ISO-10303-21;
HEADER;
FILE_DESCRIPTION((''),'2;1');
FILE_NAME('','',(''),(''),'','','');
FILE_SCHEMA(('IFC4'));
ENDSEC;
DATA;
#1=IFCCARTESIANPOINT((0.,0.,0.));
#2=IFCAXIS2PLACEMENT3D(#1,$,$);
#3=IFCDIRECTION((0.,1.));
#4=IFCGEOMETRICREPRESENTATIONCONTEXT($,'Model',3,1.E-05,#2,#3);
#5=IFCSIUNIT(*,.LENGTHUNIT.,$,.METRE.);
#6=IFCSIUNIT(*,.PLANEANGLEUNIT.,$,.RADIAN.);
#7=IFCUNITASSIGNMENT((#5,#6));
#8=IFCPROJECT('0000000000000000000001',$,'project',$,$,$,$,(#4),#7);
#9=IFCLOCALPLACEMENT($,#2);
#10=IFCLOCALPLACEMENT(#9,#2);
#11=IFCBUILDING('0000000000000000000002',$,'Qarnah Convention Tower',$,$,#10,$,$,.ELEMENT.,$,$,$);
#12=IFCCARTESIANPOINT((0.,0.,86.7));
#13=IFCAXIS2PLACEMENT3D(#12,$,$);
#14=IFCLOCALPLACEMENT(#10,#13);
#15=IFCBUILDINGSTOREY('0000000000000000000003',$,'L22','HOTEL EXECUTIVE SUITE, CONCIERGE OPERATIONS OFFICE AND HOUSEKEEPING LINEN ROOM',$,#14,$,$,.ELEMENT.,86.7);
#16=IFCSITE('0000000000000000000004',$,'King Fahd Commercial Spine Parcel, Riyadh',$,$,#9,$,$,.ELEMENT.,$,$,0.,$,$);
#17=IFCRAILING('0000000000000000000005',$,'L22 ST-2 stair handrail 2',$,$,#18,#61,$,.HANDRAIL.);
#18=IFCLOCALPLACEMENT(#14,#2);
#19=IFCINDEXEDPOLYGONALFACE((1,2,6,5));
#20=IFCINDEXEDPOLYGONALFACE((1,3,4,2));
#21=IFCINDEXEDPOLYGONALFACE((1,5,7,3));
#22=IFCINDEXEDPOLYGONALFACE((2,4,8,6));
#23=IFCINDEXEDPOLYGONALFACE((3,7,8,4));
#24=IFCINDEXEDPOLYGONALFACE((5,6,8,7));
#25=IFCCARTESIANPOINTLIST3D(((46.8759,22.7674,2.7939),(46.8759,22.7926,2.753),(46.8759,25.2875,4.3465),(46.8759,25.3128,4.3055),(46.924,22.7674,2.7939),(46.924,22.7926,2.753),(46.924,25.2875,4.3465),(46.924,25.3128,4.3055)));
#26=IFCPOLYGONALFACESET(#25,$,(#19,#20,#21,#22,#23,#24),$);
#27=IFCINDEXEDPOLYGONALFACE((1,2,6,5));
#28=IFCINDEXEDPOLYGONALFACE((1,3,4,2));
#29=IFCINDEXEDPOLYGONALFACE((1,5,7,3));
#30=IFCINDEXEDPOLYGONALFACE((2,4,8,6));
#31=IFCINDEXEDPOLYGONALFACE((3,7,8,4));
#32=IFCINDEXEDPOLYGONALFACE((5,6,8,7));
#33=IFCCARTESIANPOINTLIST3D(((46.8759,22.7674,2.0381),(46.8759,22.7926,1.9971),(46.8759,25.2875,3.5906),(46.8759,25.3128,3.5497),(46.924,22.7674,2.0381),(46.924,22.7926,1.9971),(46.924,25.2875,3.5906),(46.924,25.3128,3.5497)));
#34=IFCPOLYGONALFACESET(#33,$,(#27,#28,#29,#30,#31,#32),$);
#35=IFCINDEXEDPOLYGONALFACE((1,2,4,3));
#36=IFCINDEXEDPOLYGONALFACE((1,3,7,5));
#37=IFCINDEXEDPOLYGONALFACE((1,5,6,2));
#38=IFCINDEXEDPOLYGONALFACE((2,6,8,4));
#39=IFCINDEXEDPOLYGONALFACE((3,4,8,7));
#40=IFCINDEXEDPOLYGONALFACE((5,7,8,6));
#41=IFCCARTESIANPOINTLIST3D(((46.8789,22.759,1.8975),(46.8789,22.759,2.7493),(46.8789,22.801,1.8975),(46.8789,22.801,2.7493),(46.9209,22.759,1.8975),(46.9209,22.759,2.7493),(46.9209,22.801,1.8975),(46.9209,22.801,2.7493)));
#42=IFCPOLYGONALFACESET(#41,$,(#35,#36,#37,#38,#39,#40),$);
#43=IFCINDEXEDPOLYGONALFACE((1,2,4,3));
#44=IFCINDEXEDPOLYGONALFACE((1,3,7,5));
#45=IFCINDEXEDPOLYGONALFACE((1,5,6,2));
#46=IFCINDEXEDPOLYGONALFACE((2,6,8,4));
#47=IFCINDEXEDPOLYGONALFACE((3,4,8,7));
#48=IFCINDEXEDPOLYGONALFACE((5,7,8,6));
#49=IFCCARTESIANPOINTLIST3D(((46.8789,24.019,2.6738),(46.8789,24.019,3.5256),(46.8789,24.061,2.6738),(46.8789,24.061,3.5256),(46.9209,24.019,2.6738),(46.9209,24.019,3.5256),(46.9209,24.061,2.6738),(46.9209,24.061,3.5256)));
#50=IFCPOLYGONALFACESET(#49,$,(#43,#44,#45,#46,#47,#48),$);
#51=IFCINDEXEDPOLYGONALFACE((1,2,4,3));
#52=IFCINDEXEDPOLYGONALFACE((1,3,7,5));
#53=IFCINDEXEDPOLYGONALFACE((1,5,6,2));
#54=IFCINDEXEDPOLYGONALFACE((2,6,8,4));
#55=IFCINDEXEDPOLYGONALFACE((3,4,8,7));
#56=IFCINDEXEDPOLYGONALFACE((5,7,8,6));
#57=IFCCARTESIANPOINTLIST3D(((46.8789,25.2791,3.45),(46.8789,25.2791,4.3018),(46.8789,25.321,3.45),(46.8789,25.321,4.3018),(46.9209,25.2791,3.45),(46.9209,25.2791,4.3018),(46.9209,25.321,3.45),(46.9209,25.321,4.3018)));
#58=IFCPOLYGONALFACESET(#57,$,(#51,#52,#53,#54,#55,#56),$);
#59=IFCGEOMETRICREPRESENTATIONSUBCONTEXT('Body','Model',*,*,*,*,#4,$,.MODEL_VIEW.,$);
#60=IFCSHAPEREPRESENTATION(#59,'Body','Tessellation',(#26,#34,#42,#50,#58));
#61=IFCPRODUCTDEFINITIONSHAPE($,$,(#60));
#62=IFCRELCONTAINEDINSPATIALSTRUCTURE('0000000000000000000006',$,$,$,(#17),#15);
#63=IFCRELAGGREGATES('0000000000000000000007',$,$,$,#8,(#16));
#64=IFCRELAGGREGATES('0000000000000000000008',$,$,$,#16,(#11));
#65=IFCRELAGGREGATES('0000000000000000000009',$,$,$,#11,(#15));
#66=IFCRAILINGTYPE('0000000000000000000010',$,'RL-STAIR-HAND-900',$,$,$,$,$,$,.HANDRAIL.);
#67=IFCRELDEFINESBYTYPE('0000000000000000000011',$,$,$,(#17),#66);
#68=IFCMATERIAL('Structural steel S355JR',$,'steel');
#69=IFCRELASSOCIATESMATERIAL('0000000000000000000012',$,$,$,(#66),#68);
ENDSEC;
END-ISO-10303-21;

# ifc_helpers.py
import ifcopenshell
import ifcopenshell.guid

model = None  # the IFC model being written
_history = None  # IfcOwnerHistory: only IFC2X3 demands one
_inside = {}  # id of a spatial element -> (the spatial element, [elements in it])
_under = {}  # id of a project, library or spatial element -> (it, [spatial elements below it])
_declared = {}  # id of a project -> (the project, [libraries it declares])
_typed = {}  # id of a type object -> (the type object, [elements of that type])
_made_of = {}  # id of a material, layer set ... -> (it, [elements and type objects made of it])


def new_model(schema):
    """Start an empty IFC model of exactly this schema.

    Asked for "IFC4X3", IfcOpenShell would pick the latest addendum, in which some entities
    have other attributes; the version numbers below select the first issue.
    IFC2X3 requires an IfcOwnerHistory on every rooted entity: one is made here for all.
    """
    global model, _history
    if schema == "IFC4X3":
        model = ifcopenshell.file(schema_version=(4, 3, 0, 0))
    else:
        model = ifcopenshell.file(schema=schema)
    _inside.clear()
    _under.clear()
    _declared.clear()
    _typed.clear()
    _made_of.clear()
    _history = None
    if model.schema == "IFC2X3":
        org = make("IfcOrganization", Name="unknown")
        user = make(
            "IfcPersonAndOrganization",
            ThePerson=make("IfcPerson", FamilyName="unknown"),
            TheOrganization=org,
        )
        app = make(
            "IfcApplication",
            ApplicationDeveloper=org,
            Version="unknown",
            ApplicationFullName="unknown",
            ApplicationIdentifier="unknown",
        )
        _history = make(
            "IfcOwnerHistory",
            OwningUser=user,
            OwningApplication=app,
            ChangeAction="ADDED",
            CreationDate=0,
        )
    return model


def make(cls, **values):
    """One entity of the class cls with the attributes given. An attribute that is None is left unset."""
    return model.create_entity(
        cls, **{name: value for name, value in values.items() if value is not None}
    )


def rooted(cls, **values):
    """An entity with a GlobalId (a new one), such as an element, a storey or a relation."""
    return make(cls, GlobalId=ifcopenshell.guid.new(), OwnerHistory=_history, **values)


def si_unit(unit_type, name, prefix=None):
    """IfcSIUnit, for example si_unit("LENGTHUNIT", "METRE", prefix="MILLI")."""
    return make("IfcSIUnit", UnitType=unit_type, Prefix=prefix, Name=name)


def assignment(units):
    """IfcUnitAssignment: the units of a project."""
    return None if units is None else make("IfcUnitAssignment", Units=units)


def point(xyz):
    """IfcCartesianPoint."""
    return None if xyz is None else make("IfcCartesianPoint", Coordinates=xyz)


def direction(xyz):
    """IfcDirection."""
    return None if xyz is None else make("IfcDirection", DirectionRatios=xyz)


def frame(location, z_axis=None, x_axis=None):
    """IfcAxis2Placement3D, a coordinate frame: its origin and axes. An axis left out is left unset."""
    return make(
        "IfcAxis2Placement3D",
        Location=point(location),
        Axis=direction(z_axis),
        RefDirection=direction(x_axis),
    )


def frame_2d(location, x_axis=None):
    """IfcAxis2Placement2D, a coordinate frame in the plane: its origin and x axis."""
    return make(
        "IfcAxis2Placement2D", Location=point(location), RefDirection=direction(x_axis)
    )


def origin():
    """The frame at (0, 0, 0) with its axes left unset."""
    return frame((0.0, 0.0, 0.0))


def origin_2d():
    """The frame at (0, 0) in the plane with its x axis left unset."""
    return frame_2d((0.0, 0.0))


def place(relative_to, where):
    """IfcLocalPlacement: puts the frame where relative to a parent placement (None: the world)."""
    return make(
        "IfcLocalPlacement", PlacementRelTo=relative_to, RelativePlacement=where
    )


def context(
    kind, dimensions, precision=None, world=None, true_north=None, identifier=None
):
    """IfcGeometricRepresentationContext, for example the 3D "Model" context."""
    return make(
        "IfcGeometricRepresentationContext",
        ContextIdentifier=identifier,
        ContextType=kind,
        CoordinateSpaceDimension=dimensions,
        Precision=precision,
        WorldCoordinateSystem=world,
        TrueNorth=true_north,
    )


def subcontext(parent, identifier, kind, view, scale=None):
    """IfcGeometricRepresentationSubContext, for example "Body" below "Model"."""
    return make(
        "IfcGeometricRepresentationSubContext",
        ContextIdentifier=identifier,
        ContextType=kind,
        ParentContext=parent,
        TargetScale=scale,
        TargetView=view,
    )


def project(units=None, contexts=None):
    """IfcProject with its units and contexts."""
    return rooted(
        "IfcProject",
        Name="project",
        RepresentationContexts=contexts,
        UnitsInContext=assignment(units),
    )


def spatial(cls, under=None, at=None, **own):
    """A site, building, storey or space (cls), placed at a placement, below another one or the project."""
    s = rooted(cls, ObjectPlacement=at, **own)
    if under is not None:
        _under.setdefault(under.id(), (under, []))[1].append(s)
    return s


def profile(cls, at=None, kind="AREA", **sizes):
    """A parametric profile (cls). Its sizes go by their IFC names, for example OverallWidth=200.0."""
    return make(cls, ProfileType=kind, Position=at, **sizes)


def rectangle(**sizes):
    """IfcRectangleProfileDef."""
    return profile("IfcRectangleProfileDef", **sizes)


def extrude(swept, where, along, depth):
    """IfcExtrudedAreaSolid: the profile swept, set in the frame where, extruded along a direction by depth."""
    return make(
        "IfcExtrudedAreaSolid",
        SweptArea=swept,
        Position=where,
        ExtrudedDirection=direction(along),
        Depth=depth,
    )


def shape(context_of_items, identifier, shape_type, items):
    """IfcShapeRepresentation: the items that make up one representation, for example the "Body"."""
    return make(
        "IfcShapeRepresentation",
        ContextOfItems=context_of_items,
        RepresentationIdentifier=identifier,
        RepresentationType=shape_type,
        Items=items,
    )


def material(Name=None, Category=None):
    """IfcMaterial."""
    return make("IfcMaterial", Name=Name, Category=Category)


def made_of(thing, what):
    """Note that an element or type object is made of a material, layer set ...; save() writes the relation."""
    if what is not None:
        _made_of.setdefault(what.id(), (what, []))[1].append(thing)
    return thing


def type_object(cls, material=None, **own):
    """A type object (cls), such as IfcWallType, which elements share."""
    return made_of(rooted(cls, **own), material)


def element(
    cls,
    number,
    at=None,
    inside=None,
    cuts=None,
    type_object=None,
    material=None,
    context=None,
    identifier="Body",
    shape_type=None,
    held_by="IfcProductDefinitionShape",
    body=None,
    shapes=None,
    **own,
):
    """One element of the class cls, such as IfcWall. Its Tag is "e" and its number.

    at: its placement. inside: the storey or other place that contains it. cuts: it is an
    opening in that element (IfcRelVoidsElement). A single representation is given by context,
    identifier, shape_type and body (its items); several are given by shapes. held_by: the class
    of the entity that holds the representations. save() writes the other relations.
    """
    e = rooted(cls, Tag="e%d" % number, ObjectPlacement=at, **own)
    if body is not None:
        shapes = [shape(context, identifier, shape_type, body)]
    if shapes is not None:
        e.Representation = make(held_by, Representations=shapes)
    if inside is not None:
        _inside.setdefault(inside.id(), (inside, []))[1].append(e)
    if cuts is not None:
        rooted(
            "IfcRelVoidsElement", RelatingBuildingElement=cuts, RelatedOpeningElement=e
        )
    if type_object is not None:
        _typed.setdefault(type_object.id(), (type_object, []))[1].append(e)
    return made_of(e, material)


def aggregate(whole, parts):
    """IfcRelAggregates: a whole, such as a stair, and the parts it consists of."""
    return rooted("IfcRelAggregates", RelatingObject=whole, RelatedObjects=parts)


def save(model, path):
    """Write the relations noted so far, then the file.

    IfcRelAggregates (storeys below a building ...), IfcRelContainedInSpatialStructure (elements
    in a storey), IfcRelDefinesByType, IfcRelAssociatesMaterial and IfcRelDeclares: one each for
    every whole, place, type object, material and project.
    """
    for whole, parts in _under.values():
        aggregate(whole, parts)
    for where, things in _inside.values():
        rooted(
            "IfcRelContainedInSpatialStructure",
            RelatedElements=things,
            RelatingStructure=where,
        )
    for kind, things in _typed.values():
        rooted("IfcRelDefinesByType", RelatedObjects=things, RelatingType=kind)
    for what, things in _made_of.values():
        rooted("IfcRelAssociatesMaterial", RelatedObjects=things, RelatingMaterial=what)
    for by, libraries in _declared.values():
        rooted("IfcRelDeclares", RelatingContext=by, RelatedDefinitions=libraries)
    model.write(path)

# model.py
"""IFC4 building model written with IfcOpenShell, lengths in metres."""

from ifc_helpers import new_model, si_unit, direction, frame, origin, origin_2d, place, context, subcontext, project, spatial, rectangle, extrude, material, type_object, element, save


model = new_model("IFC4")

# Units and contexts
model_context = context("Model", 3, precision=1e-05, world=origin(), true_north=direction((0.0, 1.0)))
body_context = subcontext(model_context, "Body", "Model", "MODEL_VIEW")
ifc_project = project(units=[si_unit("LENGTHUNIT", "METRE"), si_unit("PLANEANGLEUNIT", "RADIAN")], contexts=[model_context])

# Site, building, storey
site_placement = place(None, origin())
site = spatial("IfcSite", under=ifc_project, at=site_placement, Name="King Fahd Commercial Spine Parcel, Riyadh", CompositionType="ELEMENT", RefElevation=0.0)
building_placement = place(site_placement, origin())
building = spatial("IfcBuilding", under=site, at=building_placement, Name="Qarnah Convention Tower", CompositionType="ELEMENT")
storey_placement = place(building_placement, frame((0.0, 0.0, 86.7)))
storey = spatial("IfcBuildingStorey", under=building, at=storey_placement, Name="L22", Description="HOTEL EXECUTIVE SUITE, CONCIERGE OPERATIONS OFFICE AND HOUSEKEEPING LINEN ROOM", CompositionType="ELEMENT", Elevation=86.7)

# Shared definitions
ifc_material_1 = material(Name="Structural steel S355JR", Category="steel")

# Railing
railing_type_1 = type_object("IfcRailingType", Name="RL-STAIR-HAND-900", PredefinedType="HANDRAIL", material=ifc_material_1)
railing_1_placement = place(storey_placement, frame((46.8999, 22.78, 1.8975)))
element("IfcRailing", 1, at=railing_1_placement, inside=storey, type_object=railing_type_1, Name="L22 ST-2 stair handrail 2", PredefinedType="HANDRAIL", context=body_context, shape_type="SweptSolid", body=[
    extrude(rectangle(XDim=0.0481, YDim=0.0481, at=origin_2d()), frame((0.0, 0.0, 0.876), z_axis=(0.0, 0.8514, 0.524516), x_axis=(-1.0, 0.0, 0.0)), (0.0, 0.0, 1.0), 2.96),
    extrude(rectangle(XDim=0.0481, YDim=0.0481, at=origin_2d()), frame((0.0, 0.0, 0.1201), z_axis=(0.0, 0.8514, 0.524516), x_axis=(-1.0, 0.0, 0.0)), (0.0, 0.0, 1.0), 2.96),
    extrude(rectangle(XDim=0.042, YDim=0.042, at=origin_2d()), origin(), (0.0, 0.0, 1.0), 0.8518),
    extrude(rectangle(XDim=0.042, YDim=0.042, at=origin_2d()), frame((0.0, 1.26, 0.7764)), (0.0, 0.0, 1.0), 0.8518),
    extrude(rectangle(XDim=0.042, YDim=0.042, at=origin_2d()), frame((0.0, 2.52, 1.5525)), (0.0, 0.0, 1.0), 0.8518),
])

save(model, "model.ifc")
